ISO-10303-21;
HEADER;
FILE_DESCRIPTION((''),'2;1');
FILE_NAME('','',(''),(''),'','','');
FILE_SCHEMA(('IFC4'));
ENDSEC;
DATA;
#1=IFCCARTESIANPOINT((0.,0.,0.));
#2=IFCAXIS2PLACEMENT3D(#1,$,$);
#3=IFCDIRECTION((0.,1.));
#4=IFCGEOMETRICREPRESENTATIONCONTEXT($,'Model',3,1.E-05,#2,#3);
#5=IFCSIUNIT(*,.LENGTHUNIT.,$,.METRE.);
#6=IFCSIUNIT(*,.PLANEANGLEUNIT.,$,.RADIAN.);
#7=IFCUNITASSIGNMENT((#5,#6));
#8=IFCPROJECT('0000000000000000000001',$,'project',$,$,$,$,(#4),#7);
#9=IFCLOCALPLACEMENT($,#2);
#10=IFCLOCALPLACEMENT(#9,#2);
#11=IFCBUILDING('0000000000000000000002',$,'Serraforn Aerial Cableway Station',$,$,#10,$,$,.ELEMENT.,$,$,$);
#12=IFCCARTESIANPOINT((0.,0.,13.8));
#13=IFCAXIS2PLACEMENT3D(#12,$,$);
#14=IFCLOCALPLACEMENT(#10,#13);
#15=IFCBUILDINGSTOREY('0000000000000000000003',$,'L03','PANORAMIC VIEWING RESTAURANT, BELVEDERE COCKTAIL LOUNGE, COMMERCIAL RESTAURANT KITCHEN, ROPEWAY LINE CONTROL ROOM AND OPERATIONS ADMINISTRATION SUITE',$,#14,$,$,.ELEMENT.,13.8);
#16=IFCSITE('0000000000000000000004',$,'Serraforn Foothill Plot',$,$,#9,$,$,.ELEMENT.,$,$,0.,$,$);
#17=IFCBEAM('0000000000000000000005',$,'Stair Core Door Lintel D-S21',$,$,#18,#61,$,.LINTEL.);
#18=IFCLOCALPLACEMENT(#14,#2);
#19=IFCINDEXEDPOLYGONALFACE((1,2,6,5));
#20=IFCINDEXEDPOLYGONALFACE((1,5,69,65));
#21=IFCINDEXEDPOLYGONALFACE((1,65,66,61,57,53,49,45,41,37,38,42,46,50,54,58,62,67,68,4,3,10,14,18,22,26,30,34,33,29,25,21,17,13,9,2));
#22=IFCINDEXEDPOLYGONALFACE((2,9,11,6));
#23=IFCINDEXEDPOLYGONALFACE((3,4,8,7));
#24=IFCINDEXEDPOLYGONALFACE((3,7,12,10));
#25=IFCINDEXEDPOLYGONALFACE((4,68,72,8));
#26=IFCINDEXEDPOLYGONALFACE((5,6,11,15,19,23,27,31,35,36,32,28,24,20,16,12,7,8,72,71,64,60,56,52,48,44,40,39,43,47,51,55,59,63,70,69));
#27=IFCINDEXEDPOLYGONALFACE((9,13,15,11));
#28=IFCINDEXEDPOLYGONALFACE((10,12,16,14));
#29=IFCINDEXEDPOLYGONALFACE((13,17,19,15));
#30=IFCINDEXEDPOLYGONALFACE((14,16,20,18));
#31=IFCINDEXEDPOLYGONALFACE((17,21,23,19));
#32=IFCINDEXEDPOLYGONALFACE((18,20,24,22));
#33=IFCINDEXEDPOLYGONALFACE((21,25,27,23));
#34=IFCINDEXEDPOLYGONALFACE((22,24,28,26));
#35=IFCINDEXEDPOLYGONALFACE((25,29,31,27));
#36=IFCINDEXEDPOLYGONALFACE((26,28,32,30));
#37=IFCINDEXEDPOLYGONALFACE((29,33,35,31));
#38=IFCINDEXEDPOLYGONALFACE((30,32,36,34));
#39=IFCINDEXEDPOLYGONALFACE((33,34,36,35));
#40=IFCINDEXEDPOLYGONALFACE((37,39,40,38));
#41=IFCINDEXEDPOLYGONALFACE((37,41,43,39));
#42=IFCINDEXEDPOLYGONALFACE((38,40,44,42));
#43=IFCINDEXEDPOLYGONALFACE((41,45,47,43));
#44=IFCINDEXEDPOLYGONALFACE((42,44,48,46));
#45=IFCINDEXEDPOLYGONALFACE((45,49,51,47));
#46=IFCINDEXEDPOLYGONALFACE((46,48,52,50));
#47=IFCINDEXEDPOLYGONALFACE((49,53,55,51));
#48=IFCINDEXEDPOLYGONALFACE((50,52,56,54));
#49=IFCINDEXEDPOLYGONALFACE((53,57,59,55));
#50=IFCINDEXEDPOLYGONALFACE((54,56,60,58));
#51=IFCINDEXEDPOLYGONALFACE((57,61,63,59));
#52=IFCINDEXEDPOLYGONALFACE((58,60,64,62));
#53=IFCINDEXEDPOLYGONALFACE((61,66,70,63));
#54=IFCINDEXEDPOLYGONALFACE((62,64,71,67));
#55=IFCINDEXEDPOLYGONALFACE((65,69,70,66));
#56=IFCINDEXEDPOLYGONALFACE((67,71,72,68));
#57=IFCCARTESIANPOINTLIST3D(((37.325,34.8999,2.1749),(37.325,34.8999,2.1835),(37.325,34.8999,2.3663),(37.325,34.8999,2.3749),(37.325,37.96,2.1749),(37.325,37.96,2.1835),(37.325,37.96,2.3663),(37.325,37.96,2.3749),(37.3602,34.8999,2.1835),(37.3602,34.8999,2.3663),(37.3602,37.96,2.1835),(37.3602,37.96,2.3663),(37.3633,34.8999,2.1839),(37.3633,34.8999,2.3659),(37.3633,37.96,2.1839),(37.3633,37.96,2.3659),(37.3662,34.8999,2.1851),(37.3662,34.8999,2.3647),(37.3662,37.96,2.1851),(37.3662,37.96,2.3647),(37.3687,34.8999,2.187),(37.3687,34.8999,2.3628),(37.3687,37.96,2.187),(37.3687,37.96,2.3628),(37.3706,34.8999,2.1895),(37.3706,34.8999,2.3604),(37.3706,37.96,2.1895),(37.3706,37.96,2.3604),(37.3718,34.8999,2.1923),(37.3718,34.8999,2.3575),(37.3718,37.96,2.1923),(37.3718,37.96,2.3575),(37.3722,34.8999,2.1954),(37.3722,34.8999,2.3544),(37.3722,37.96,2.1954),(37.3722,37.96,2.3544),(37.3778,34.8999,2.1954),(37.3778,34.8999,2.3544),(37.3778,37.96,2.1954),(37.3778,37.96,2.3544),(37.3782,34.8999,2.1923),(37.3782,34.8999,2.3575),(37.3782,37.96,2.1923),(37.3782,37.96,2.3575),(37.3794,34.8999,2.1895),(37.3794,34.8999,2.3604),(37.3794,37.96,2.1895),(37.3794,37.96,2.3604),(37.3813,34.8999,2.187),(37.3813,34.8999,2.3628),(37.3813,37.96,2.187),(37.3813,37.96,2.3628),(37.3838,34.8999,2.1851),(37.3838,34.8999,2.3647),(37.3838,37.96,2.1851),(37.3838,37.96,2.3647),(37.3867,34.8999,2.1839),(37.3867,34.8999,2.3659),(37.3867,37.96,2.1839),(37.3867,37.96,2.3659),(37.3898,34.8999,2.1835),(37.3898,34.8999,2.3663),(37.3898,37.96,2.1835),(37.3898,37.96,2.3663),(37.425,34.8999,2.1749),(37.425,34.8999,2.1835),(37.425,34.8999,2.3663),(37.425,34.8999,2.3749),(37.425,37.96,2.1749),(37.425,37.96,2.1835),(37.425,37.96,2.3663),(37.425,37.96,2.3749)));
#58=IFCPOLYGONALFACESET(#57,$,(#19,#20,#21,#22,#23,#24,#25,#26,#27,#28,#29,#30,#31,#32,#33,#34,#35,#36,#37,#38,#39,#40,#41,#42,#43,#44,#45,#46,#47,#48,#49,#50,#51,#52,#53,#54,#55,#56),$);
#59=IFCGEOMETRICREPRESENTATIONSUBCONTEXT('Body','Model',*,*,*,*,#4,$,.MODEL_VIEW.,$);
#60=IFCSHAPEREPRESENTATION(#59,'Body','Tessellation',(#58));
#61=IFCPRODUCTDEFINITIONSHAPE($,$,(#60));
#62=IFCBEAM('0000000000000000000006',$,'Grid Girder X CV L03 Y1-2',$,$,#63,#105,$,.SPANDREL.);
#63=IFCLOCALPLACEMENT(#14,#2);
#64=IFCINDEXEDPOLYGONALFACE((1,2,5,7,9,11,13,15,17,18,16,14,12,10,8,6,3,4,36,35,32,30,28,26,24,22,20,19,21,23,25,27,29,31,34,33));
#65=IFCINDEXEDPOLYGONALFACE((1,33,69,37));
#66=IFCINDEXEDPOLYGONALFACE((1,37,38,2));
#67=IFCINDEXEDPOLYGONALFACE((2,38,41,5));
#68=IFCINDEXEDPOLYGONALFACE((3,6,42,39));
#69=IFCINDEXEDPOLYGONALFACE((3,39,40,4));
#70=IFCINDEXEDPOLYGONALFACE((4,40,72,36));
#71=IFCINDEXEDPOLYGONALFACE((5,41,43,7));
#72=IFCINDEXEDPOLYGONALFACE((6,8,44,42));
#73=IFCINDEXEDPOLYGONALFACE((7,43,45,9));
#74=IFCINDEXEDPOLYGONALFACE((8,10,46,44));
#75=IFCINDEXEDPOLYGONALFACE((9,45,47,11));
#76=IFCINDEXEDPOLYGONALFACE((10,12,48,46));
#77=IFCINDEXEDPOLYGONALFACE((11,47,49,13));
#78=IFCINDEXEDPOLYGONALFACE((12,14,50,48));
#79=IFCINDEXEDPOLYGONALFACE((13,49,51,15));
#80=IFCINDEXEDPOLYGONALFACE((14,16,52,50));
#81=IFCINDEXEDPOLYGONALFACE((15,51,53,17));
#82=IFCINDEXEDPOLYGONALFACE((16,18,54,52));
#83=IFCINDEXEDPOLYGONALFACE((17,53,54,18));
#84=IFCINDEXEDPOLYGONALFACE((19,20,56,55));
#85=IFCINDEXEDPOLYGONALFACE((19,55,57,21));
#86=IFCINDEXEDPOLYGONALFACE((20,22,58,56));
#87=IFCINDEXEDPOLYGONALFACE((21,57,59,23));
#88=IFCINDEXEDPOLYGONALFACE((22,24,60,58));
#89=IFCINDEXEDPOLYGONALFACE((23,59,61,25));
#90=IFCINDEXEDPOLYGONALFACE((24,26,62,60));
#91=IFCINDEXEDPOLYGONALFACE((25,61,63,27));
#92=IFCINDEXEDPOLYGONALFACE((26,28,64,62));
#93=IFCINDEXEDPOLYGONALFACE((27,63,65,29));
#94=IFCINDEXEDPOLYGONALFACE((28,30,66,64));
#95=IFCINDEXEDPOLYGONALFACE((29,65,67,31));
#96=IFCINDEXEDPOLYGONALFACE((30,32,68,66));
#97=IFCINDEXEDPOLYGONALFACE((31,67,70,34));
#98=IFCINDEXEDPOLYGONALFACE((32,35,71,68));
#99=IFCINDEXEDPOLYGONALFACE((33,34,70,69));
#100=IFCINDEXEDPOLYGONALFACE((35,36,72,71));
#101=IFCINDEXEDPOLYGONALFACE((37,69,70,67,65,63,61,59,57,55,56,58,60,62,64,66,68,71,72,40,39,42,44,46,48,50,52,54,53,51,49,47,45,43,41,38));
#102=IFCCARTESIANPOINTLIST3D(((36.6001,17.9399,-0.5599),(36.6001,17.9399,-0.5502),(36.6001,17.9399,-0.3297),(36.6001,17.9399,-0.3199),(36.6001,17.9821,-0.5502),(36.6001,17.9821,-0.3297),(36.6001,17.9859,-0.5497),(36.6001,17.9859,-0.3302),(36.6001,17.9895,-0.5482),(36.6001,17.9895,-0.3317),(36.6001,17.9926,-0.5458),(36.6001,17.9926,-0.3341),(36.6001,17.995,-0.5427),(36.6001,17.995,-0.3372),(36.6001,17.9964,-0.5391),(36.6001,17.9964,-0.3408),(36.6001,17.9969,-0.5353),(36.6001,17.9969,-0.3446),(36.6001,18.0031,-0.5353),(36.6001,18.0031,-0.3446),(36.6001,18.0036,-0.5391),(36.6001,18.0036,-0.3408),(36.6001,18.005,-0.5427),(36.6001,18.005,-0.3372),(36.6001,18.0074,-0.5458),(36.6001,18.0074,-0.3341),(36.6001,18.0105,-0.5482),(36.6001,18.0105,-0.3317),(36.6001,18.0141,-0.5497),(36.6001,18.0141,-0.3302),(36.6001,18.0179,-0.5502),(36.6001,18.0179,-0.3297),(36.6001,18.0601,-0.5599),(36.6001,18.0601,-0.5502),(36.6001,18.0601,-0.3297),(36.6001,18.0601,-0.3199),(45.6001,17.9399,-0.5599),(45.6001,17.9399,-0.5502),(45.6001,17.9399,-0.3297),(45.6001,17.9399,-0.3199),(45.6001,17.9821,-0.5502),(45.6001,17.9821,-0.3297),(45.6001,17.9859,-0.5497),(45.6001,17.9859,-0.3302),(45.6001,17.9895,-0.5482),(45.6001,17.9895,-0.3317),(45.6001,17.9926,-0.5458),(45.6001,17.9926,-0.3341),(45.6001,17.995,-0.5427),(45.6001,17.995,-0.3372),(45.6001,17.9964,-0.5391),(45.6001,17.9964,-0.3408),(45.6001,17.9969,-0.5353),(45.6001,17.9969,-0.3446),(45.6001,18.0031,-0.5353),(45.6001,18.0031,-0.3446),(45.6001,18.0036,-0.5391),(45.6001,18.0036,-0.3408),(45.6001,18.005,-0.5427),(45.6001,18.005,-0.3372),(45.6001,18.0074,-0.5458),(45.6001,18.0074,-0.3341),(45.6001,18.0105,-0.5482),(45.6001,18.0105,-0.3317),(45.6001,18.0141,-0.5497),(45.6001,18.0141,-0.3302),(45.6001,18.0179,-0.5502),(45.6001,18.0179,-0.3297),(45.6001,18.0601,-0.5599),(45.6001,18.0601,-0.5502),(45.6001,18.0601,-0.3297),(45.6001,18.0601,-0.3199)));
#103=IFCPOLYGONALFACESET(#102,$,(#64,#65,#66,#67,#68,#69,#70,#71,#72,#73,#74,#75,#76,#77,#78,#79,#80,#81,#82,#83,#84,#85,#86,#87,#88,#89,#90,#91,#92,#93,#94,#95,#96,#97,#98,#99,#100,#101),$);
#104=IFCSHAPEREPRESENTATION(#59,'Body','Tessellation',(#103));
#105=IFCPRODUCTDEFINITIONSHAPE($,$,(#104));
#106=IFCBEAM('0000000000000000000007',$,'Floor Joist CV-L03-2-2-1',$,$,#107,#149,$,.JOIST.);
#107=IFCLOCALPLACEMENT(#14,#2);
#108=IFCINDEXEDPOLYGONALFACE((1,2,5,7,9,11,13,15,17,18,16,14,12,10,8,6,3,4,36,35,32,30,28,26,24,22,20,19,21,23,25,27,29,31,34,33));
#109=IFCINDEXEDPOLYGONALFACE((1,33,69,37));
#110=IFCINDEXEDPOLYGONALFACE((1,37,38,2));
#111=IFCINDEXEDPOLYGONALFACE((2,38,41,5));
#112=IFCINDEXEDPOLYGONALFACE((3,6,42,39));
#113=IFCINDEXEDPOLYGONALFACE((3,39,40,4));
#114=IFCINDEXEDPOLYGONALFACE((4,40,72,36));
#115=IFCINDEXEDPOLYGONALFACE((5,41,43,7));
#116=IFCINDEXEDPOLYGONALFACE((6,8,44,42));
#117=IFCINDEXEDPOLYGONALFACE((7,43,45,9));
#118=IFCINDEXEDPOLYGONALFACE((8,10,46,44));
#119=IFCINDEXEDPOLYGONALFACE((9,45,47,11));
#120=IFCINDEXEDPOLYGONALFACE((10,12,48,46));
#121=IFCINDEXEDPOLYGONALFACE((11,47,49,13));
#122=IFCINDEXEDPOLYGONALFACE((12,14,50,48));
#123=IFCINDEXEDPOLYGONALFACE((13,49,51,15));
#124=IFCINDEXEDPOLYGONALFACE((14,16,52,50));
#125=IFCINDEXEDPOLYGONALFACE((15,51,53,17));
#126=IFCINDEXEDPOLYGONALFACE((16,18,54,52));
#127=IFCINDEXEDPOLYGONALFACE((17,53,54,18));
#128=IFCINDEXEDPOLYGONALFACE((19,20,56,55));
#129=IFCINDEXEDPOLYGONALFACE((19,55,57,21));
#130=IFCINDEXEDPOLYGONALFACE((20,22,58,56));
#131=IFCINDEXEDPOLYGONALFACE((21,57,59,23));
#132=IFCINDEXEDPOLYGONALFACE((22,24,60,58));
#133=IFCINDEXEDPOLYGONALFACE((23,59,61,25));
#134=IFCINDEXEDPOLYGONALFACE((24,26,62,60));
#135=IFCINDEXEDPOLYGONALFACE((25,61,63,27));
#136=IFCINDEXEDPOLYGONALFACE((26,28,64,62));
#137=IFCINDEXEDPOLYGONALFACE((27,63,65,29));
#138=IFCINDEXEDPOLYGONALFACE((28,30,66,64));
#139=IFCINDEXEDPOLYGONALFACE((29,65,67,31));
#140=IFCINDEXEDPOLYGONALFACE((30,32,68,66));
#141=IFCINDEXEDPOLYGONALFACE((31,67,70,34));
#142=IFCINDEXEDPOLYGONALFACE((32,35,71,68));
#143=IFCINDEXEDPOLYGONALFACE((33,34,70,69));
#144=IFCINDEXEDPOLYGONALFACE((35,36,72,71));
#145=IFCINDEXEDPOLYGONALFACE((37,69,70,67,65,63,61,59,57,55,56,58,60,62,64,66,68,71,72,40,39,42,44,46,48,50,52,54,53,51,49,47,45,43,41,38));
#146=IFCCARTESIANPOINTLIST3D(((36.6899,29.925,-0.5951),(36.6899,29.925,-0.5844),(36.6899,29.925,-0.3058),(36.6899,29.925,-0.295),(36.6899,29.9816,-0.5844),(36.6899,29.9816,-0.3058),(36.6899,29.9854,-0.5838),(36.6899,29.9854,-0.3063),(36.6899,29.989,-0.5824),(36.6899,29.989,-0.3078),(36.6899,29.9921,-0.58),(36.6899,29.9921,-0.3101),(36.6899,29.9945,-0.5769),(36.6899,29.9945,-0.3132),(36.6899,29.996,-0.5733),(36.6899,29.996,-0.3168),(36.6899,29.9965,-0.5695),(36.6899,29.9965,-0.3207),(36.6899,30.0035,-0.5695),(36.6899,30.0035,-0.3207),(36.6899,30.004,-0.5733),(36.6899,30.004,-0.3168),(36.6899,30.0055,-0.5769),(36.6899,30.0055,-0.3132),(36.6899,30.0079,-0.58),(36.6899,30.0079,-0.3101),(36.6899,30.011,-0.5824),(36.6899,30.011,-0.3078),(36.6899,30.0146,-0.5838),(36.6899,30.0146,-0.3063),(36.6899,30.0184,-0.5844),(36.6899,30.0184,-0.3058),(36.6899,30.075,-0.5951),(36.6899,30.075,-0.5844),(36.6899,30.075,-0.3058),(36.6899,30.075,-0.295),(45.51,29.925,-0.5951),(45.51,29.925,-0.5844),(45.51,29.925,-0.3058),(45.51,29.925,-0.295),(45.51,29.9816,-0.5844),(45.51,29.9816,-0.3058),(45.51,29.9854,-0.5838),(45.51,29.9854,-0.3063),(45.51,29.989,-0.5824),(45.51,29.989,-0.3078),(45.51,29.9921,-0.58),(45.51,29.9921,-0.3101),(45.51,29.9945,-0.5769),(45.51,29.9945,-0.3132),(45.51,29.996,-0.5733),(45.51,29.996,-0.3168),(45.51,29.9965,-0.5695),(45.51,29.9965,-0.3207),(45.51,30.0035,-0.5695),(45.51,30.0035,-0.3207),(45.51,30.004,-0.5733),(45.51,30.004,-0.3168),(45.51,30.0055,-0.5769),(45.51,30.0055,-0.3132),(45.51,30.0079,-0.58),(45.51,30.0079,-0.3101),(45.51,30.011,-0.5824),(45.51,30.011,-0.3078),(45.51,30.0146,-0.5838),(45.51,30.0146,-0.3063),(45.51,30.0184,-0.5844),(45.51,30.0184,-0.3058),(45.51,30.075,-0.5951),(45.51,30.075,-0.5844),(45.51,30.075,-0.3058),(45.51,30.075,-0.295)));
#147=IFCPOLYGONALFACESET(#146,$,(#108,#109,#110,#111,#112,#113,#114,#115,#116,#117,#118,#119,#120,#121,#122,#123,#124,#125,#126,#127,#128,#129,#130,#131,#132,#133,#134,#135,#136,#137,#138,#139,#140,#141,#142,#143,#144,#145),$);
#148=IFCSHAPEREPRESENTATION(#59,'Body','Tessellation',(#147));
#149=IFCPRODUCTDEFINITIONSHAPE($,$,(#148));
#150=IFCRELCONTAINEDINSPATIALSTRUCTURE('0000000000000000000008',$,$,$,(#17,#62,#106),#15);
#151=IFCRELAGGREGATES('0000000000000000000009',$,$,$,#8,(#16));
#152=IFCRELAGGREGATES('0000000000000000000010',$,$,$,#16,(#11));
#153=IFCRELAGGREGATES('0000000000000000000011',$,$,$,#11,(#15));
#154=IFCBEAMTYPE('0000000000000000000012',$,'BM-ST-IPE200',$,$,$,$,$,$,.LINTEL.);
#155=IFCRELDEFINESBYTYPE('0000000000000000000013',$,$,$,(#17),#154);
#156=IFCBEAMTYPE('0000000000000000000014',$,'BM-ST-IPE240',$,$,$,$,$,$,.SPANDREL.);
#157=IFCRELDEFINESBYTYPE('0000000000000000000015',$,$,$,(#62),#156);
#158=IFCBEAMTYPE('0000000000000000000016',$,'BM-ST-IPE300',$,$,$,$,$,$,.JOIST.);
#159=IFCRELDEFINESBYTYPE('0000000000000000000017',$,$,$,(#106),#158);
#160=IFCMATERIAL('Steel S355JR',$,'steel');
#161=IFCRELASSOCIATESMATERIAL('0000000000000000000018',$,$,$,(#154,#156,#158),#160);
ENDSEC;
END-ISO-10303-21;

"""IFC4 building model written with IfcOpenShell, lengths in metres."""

from ifc_helpers import new_model, si_unit, direction, frame, origin, origin_2d, place, context, subcontext, project, spatial, i_section, extrude, material, material_profile, profile_set, type_object, element, save


model = new_model("IFC4")

# Units and contexts
model_context = context("Model", 3, precision=1e-05, world=origin(), true_north=direction((0.0, 1.0)))
body_context = subcontext(model_context, "Body", "Model", "MODEL_VIEW")
ifc_project = project(units=[si_unit("LENGTHUNIT", "METRE"), si_unit("PLANEANGLEUNIT", "RADIAN")], contexts=[model_context])

# Site, building, storey
site_placement = place(None, origin())
site = spatial("IfcSite", under=ifc_project, at=site_placement, Name="Serraforn Foothill Plot", CompositionType="ELEMENT", RefElevation=0.0)
building_placement = place(site_placement, origin())
building = spatial("IfcBuilding", under=site, at=building_placement, Name="Serraforn Aerial Cableway Station", CompositionType="ELEMENT")
storey_placement = place(building_placement, frame((0.0, 0.0, 13.8)))
storey = spatial("IfcBuildingStorey", under=building, at=storey_placement, Name="L03", Description="PANORAMIC VIEWING RESTAURANT, BELVEDERE COCKTAIL LOUNGE, COMMERCIAL RESTAURANT KITCHEN, ROPEWAY LINE CONTROL ROOM AND OPERATIONS ADMINISTRATION SUITE", CompositionType="ELEMENT", Elevation=13.8)

# Beams
ifc_material_1 = material(Name="Steel S355JR", Category="steel")
ifc_material_profile_1 = material_profile(ifc_material_1, i_section(OverallWidth=0.1001, OverallDepth=0.2, WebThickness=0.0056, FlangeThickness=0.0085, FilletRadius=0.012, at=origin_2d()), Name="IPE 200")
ifc_profile_set_1 = profile_set([ifc_material_profile_1], Name="Steel S355JR")
beam_type_1 = type_object("IfcBeamType", Name="BM-ST-IPE200", PredefinedType="LINTEL", material=ifc_profile_set_1)
beam_1_placement = place(storey_placement, frame((37.375, 34.8999, 2.2749), z_axis=(0.0, 1.0, 0.0), x_axis=(-1.0, 0.0, 0.0)))
element("IfcBeam", 1, at=beam_1_placement, inside=storey, type_object=beam_type_1, Name="Stair Core Door Lintel D-S21", PredefinedType="LINTEL", context=body_context, shape_type="SweptSolid", body=[
    extrude(i_section(OverallWidth=0.1001, OverallDepth=0.2, WebThickness=0.0056, FlangeThickness=0.0085, FilletRadius=0.012, at=origin_2d()), origin(), (0.0, 0.0, 1.0), 3.0601),
])
ifc_material_profile_2 = material_profile(ifc_material_1, i_section(OverallWidth=0.1201, OverallDepth=0.24, WebThickness=0.0061, FlangeThickness=0.0098, FilletRadius=0.0149, at=origin_2d()), Name="IPE 240")
ifc_profile_set_2 = profile_set([ifc_material_profile_2], Name="Steel S355JR")
beam_type_2 = type_object("IfcBeamType", Name="BM-ST-IPE240", PredefinedType="SPANDREL", material=ifc_profile_set_2)
beam_2_placement = place(storey_placement, frame((36.6001, 18.0, -0.4399), z_axis=(1.0, 0.0, 0.0), x_axis=(0.0, 1.0, 0.0)))
element("IfcBeam", 2, at=beam_2_placement, inside=storey, type_object=beam_type_2, Name="Grid Girder X CV L03 Y1-2", PredefinedType="SPANDREL", context=body_context, shape_type="SweptSolid", body=[
    extrude(i_section(OverallWidth=0.1201, OverallDepth=0.24, WebThickness=0.0061, FlangeThickness=0.0098, FilletRadius=0.0149, at=origin_2d()), origin(), (0.0, 0.0, 1.0), 9.0),
])
ifc_material_profile_3 = material_profile(ifc_material_1, i_section(OverallWidth=0.1499, OverallDepth=0.3, WebThickness=0.0071, FlangeThickness=0.0107, FilletRadius=0.0149, at=origin_2d()), Name="IPE 300")
ifc_profile_set_3 = profile_set([ifc_material_profile_3], Name="Steel S355JR")
beam_type_3 = type_object("IfcBeamType", Name="BM-ST-IPE300", PredefinedType="JOIST", material=ifc_profile_set_3)
beam_3_placement = place(storey_placement, frame((36.6899, 30.0, -0.4451), z_axis=(1.0, 0.0, 0.0), x_axis=(0.0, 1.0, 0.0)))
element("IfcBeam", 3, at=beam_3_placement, inside=storey, type_object=beam_type_3, Name="Floor Joist CV-L03-2-2-1", PredefinedType="JOIST", context=body_context, shape_type="SweptSolid", body=[
    extrude(i_section(OverallWidth=0.1499, OverallDepth=0.3, WebThickness=0.0071, FlangeThickness=0.0107, FilletRadius=0.0149, at=origin_2d()), origin(), (0.0, 0.0, 1.0), 8.8201),
])

save(model, "model.ifc")
